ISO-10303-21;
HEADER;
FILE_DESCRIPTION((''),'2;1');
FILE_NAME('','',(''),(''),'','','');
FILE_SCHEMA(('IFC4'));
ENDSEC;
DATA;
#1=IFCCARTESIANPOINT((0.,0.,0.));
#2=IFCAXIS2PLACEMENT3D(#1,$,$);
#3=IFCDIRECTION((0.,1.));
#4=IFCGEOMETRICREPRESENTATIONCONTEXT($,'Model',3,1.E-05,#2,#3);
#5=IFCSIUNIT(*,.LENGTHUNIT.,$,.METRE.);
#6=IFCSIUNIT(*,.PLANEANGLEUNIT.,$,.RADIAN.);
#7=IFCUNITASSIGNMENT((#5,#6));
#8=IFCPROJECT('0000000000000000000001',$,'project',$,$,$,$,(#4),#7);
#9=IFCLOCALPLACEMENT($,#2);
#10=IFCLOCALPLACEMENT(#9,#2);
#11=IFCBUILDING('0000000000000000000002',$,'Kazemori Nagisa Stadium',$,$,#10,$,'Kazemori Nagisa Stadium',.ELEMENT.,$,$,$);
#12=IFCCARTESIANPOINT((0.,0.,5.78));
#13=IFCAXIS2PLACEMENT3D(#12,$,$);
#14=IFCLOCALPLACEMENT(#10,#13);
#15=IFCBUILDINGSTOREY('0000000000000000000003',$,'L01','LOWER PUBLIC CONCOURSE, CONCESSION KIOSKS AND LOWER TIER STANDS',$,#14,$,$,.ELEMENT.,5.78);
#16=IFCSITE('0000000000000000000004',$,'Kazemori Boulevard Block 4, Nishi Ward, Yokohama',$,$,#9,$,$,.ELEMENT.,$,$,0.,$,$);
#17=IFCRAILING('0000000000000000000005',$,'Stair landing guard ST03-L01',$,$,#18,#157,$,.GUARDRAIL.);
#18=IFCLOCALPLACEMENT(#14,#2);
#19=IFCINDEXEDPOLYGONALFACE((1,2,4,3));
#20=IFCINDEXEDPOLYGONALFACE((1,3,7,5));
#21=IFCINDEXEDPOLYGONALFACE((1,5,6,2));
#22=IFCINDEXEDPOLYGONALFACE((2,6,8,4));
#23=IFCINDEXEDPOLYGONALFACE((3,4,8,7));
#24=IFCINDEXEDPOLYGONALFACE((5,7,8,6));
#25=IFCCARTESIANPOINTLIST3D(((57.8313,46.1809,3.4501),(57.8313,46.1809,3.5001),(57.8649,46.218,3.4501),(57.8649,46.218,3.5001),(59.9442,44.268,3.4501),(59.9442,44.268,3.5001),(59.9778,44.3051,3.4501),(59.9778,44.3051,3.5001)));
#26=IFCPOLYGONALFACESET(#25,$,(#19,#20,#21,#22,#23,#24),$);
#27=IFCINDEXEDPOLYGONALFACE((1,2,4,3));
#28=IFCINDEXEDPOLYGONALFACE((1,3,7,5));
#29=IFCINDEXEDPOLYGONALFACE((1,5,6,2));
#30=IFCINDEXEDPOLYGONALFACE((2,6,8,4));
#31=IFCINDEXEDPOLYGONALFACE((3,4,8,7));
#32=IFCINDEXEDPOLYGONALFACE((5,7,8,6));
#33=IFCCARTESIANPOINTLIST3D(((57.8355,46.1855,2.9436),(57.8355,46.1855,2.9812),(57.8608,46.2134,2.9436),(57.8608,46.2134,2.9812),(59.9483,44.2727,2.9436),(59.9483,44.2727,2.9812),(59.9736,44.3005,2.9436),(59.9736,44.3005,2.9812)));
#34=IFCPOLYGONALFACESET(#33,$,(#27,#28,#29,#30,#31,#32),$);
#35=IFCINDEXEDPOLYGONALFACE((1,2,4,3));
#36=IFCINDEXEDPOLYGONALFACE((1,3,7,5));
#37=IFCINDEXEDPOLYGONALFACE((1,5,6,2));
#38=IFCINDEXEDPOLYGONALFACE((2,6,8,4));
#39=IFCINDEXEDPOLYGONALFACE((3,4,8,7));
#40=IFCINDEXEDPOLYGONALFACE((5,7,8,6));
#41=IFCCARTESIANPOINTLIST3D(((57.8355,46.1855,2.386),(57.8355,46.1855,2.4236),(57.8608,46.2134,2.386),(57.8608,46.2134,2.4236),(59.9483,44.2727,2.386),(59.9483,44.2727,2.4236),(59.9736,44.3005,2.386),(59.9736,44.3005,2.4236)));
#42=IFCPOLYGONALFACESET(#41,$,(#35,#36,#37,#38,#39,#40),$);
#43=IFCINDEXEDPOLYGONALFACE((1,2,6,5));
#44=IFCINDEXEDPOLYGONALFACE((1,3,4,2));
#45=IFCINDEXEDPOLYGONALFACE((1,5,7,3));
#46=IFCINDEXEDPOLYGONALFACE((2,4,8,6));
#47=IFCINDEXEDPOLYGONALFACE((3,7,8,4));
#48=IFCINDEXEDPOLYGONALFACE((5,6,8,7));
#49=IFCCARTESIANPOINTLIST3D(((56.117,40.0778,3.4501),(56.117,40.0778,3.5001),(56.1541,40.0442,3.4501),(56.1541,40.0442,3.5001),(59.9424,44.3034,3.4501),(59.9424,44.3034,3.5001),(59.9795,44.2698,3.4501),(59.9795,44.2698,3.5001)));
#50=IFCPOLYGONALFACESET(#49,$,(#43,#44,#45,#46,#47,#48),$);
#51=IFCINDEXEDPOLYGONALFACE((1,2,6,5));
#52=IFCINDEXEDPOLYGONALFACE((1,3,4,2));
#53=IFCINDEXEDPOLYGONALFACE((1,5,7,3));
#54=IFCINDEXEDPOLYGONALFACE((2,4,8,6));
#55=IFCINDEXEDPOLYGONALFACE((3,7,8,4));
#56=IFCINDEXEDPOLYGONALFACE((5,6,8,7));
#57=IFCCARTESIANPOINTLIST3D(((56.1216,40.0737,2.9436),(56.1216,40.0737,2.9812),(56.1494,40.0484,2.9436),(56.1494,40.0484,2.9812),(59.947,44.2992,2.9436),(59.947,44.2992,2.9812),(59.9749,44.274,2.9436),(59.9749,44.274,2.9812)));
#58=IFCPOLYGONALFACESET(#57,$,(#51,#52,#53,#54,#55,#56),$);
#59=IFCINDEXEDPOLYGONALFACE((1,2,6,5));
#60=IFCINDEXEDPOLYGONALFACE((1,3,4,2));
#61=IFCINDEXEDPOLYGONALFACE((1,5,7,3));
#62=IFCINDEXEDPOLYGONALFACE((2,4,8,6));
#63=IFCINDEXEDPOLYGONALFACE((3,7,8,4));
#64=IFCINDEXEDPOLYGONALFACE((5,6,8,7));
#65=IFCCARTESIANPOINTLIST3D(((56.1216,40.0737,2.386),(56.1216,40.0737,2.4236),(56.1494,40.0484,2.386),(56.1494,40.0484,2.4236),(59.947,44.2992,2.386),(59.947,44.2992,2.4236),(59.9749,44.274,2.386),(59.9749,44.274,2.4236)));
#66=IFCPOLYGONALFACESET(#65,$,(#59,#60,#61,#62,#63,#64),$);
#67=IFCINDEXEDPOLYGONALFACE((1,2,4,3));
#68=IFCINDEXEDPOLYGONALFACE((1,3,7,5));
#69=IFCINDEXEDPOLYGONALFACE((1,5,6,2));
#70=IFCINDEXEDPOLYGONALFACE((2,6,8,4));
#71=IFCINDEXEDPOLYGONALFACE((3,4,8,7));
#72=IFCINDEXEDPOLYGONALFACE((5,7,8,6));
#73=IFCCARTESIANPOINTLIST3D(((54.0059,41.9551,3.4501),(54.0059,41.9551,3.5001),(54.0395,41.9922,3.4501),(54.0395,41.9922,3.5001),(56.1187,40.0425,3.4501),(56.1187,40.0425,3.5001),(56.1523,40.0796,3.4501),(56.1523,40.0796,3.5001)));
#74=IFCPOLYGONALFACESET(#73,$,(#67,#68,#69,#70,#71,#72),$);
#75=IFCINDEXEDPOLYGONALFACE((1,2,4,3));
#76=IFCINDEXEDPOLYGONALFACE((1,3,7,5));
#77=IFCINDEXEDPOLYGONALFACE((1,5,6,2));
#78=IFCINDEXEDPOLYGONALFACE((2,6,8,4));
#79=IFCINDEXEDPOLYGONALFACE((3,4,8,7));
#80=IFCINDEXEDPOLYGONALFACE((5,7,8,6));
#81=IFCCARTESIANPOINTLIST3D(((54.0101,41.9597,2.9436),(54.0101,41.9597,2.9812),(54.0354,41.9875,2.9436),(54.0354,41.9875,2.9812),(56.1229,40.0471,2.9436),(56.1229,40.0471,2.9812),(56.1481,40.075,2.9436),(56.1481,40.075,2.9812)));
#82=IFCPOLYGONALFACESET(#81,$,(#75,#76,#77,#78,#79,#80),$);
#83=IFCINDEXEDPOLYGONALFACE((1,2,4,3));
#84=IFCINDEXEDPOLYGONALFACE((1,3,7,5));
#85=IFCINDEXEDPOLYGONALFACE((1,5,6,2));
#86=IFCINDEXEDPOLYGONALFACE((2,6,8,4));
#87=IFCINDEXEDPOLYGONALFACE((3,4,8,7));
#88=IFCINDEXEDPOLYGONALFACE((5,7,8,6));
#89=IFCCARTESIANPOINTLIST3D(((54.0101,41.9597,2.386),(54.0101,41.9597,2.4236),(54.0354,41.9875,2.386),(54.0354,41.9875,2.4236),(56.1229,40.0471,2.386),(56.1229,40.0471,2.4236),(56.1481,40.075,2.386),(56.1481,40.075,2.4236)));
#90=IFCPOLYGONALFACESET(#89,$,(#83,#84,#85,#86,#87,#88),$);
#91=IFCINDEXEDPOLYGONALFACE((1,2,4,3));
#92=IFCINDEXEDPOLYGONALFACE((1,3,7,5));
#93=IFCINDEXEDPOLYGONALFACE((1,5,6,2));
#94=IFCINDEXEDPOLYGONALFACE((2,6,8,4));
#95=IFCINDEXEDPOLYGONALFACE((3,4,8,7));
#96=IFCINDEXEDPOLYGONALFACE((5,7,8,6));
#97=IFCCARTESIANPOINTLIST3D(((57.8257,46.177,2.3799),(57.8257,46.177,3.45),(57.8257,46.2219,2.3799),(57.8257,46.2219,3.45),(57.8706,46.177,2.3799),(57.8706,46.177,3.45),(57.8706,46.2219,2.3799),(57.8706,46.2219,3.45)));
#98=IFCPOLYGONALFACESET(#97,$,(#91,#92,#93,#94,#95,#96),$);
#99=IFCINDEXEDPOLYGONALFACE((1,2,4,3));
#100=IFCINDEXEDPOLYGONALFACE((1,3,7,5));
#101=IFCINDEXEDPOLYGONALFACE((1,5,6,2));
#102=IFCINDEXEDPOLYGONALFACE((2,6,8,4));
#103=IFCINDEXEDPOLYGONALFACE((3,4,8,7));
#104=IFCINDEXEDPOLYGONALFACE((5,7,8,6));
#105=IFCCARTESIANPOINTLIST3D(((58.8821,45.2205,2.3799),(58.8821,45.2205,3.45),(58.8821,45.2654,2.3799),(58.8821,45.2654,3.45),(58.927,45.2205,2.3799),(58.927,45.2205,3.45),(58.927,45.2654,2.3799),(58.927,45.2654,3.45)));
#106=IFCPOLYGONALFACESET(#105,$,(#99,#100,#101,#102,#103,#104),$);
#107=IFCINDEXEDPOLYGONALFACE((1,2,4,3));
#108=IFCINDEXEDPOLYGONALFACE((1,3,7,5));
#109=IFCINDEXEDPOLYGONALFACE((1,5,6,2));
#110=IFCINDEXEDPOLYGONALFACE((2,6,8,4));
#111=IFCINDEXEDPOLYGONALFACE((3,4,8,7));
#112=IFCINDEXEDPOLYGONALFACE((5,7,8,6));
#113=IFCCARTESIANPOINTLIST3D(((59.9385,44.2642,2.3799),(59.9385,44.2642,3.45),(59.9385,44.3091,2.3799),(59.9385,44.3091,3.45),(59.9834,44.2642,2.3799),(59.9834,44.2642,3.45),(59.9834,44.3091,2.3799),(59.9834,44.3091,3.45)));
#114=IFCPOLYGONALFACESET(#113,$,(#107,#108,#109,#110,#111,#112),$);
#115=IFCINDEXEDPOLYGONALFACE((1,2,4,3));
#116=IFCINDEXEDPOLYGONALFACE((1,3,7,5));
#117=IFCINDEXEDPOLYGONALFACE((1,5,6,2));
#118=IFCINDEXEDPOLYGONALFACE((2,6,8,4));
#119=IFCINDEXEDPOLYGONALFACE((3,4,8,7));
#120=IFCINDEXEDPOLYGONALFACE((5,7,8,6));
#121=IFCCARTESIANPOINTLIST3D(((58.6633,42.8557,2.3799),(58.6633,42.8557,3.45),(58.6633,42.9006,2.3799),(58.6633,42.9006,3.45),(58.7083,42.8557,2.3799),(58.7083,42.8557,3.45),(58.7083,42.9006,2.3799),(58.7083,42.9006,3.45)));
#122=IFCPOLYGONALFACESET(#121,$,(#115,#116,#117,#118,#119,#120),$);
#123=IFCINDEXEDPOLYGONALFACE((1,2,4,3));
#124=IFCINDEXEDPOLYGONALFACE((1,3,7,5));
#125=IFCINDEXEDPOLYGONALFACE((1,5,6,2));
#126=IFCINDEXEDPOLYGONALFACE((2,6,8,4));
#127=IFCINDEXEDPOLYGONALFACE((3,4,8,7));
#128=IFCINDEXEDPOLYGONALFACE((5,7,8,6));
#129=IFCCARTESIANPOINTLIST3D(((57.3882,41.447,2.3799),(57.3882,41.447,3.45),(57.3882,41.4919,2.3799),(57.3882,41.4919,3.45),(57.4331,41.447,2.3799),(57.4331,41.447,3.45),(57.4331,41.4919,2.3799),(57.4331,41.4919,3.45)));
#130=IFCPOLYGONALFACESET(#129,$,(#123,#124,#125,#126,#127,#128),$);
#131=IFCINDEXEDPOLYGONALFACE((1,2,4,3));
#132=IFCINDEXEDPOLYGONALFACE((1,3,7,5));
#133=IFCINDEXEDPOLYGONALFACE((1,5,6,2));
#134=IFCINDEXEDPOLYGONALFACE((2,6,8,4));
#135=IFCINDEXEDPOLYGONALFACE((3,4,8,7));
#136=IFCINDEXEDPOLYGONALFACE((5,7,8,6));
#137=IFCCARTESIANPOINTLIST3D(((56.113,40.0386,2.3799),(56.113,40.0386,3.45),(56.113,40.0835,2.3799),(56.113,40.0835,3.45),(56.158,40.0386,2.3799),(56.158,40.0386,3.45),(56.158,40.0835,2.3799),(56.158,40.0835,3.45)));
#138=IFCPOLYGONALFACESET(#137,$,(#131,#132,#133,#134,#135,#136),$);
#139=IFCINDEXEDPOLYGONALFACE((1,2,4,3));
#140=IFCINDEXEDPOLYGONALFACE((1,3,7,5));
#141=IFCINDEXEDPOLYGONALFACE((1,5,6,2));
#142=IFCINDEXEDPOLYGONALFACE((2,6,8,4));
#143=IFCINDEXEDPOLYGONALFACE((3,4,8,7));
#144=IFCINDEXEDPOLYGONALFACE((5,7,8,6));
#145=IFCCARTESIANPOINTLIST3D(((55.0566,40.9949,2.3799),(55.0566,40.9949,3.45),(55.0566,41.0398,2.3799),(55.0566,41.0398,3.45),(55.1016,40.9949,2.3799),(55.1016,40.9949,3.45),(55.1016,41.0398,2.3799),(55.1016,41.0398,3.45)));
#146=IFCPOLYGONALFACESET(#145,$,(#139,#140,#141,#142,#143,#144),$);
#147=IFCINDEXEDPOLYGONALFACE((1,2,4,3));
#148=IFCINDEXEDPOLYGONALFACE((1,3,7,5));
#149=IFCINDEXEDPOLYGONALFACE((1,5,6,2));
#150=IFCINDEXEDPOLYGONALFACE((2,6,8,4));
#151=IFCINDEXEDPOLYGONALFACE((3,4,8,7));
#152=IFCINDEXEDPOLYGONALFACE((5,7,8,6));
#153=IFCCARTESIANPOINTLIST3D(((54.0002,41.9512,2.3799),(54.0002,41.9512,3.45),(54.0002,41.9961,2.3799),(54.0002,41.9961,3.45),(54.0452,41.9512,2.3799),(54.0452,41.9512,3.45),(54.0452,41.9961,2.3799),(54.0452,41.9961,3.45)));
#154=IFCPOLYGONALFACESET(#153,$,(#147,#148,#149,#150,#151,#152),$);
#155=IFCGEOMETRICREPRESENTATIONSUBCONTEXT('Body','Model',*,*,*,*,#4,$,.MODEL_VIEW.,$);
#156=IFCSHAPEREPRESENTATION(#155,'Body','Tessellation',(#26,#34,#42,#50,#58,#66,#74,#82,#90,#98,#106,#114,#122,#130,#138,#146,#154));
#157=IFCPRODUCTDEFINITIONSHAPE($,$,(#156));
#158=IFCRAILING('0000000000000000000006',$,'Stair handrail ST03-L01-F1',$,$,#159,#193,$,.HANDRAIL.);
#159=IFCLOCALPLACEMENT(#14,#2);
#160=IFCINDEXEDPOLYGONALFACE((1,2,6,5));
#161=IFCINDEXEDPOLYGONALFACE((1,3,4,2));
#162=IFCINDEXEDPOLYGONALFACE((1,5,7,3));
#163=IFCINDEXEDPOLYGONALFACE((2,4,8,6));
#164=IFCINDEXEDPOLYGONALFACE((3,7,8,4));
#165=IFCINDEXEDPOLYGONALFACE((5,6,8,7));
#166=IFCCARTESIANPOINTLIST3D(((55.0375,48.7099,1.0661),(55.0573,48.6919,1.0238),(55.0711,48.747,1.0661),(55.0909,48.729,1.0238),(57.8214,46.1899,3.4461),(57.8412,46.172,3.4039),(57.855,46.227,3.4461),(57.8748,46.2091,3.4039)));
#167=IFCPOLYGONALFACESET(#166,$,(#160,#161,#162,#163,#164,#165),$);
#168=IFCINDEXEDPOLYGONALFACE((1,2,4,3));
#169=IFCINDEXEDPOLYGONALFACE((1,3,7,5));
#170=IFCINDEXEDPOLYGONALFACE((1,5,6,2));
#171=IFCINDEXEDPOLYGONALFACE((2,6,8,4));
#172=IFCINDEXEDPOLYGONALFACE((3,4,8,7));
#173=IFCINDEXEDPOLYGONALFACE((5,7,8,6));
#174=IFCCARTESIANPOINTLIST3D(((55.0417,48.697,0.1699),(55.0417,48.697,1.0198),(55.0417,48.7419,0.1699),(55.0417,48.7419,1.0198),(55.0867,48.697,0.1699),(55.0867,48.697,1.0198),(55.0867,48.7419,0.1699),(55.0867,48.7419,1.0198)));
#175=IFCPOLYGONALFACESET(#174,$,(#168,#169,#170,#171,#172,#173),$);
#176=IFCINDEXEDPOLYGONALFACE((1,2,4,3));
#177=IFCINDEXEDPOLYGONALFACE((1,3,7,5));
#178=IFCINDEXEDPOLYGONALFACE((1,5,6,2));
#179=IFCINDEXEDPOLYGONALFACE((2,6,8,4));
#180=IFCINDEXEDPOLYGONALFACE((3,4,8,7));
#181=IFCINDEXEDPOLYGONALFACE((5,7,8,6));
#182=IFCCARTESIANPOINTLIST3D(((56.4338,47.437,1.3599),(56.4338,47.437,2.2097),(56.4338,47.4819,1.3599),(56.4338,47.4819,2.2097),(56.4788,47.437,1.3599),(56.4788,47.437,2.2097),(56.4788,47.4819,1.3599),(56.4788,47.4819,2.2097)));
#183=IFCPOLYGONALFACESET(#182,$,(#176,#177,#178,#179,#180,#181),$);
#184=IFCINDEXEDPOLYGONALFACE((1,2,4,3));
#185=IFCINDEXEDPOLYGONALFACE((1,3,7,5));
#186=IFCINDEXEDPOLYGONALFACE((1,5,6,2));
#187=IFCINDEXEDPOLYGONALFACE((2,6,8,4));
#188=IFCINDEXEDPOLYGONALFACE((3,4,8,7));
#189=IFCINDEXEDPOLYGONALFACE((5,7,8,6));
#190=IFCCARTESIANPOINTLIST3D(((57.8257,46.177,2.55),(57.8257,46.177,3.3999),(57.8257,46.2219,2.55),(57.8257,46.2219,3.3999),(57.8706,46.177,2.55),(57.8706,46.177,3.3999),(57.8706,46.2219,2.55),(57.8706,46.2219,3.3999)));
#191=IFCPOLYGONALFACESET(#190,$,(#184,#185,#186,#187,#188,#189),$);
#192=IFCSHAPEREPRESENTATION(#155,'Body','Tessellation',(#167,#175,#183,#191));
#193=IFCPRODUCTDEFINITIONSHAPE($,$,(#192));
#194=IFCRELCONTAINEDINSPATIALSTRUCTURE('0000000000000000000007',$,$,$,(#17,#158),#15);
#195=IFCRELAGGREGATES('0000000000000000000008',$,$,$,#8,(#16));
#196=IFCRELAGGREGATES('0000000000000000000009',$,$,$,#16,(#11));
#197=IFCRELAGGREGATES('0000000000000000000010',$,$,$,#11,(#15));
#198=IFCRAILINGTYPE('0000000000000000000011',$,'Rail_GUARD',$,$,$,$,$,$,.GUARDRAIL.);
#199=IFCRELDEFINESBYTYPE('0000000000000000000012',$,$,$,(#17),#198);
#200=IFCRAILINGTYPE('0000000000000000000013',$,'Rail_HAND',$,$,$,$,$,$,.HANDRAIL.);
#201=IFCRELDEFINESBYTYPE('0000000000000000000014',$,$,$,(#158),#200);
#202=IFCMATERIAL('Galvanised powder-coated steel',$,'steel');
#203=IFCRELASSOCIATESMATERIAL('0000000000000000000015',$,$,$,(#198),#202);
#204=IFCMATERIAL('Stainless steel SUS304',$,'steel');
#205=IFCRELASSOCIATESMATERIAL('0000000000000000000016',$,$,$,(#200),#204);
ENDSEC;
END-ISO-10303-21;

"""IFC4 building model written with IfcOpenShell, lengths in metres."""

from ifc_helpers import new_model, si_unit, direction, frame, origin, origin_2d, place, context, subcontext, project, spatial, rectangle, extrude, material, type_object, element, save


model = new_model("IFC4")

# Units and contexts
model_context = context("Model", 3, precision=1e-05, world=origin(), true_north=direction((0.0, 1.0)))
body_context = subcontext(model_context, "Body", "Model", "MODEL_VIEW")
ifc_project = project(units=[si_unit("LENGTHUNIT", "METRE"), si_unit("PLANEANGLEUNIT", "RADIAN")], contexts=[model_context])

# Site, building, storey
site_placement = place(None, origin())
site = spatial("IfcSite", under=ifc_project, at=site_placement, Name="Kazemori Boulevard Block 4, Nishi Ward, Yokohama", CompositionType="ELEMENT", RefElevation=0.0)
building_placement = place(site_placement, origin())
building = spatial("IfcBuilding", under=site, at=building_placement, Name="Kazemori Nagisa Stadium", LongName="Kazemori Nagisa Stadium", CompositionType="ELEMENT")
storey_placement = place(building_placement, frame((0.0, 0.0, 5.78)))
storey = spatial("IfcBuildingStorey", under=building, at=storey_placement, Name="L01", Description="LOWER PUBLIC CONCOURSE, CONCESSION KIOSKS AND LOWER TIER STANDS", CompositionType="ELEMENT", Elevation=5.78)

# Shared definitions
ifc_material_1 = material(Name="Stainless steel SUS304", Category="steel")

# Railings
ifc_material_2 = material(Name="Galvanised powder-coated steel", Category="steel")
railing_type_1 = type_object("IfcRailingType", Name="Rail_GUARD", PredefinedType="GUARDRAIL", material=ifc_material_2)
railing_1_placement = place(storey_placement, frame((57.8481, 46.1995, 2.3799)))
element("IfcRailing", 1, at=railing_1_placement, inside=storey, type_object=railing_type_1, Name="Stair landing guard ST03-L01", PredefinedType="GUARDRAIL", context=body_context, shape_type="SweptSolid", body=[
    extrude(rectangle(XDim=0.05, YDim=0.05, at=origin_2d()), frame((0.0, 0.0, 1.0952), z_axis=(0.741315, -0.671158, 0.0), x_axis=(0.671158, 0.741315, 0.0)), (0.0, 0.0, 1.0), 2.8501),
    extrude(rectangle(XDim=0.0376, YDim=0.0376, at=origin_2d()), frame((0.0, 0.0, 0.5825), z_axis=(0.741315, -0.671158, 0.0), x_axis=(0.671158, 0.741315, 0.0)), (0.0, 0.0, 1.0), 2.8501),
    extrude(rectangle(XDim=0.0376, YDim=0.0376, at=origin_2d()), frame((0.0, 0.0, 0.0249), z_axis=(0.741315, -0.671158, 0.0), x_axis=(0.671158, 0.741315, 0.0)), (0.0, 0.0, 1.0), 2.8501),
    extrude(rectangle(XDim=0.05, YDim=0.05, at=origin_2d()), frame((2.1128, -1.9128, 1.0952), z_axis=(-0.671134, -0.741336, 0.0), x_axis=(0.741336, -0.671134, 0.0)), (0.0, 0.0, 1.0), 5.7),
    extrude(rectangle(XDim=0.0376, YDim=0.0376, at=origin_2d()), frame((2.1128, -1.9128, 0.5825), z_axis=(-0.671134, -0.741336, 0.0), x_axis=(0.741336, -0.671134, 0.0)), (0.0, 0.0, 1.0), 5.7),
    extrude(rectangle(XDim=0.0376, YDim=0.0376, at=origin_2d()), frame((2.1128, -1.9128, 0.0249), z_axis=(-0.671134, -0.741336, 0.0), x_axis=(0.741336, -0.671134, 0.0)), (0.0, 0.0, 1.0), 5.7),
    extrude(rectangle(XDim=0.05, YDim=0.05, at=origin_2d()), frame((-1.7126, -6.1384, 1.0952), z_axis=(-0.741357, 0.671111, 0.0), x_axis=(-0.671111, -0.741357, 0.0)), (0.0, 0.0, 1.0), 2.8499),
    extrude(rectangle(XDim=0.0376, YDim=0.0376, at=origin_2d()), frame((-1.7126, -6.1384, 0.5825), z_axis=(-0.741357, 0.671111, 0.0), x_axis=(-0.671111, -0.741357, 0.0)), (0.0, 0.0, 1.0), 2.8499),
    extrude(rectangle(XDim=0.0376, YDim=0.0376, at=origin_2d()), frame((-1.7126, -6.1384, 0.0249), z_axis=(-0.741357, 0.671111, 0.0), x_axis=(-0.671111, -0.741357, 0.0)), (0.0, 0.0, 1.0), 2.8499),
    extrude(rectangle(XDim=0.0449, YDim=0.0449, at=origin_2d()), origin(), (0.0, 0.0, 1.0), 1.0701),
    extrude(rectangle(XDim=0.0449, YDim=0.0449, at=origin_2d()), frame((1.0564, -0.9565, 0.0)), (0.0, 0.0, 1.0), 1.0701),
    extrude(rectangle(XDim=0.0449, YDim=0.0449, at=origin_2d()), frame((2.1128, -1.9128, 0.0)), (0.0, 0.0, 1.0), 1.0701),
    extrude(rectangle(XDim=0.0449, YDim=0.0449, at=origin_2d()), frame((0.8376, -3.3213, 0.0)), (0.0, 0.0, 1.0), 1.0701),
    extrude(rectangle(XDim=0.0449, YDim=0.0449, at=origin_2d()), frame((-0.4375, -4.73, 0.0)), (0.0, 0.0, 1.0), 1.0701),
    extrude(rectangle(XDim=0.0449, YDim=0.0449, at=origin_2d()), frame((-1.7126, -6.1384, 0.0)), (0.0, 0.0, 1.0), 1.0701),
    extrude(rectangle(XDim=0.0449, YDim=0.0449, at=origin_2d()), frame((-2.769, -5.1821, 0.0)), (0.0, 0.0, 1.0), 1.0701),
    extrude(rectangle(XDim=0.0449, YDim=0.0449, at=origin_2d()), frame((-3.8254, -4.2258, 0.0)), (0.0, 0.0, 1.0), 1.0701),
])
railing_type_2 = type_object("IfcRailingType", Name="Rail_HAND", PredefinedType="HANDRAIL", material=ifc_material_1)
railing_2_placement = place(storey_placement, frame((55.0642, 48.7195, 0.1699)))
element("IfcRailing", 2, at=railing_2_placement, inside=storey, type_object=railing_type_2, Name="Stair handrail ST03-L01-F1", PredefinedType="HANDRAIL", context=body_context, shape_type="SweptSolid", body=[
    extrude(rectangle(XDim=0.05, YDim=0.05, at=origin_2d()), frame((0.0, 0.0, 0.875), z_axis=(0.626184, -0.566822, 0.535356), x_axis=(0.671092, 0.741374, 0.0)), (0.0, 0.0, 1.0), 4.4458),
    extrude(rectangle(XDim=0.0449, YDim=0.0449, at=origin_2d()), origin(), (0.0, 0.0, 1.0), 0.8499),
    extrude(rectangle(XDim=0.0449, YDim=0.0449, at=origin_2d()), frame((1.3921, -1.26, 1.1899)), (0.0, 0.0, 1.0), 0.8499),
    extrude(rectangle(XDim=0.0449, YDim=0.0449, at=origin_2d()), frame((2.7839, -2.52, 2.3801)), (0.0, 0.0, 1.0), 0.8499),
])

save(model, "model.ifc")
